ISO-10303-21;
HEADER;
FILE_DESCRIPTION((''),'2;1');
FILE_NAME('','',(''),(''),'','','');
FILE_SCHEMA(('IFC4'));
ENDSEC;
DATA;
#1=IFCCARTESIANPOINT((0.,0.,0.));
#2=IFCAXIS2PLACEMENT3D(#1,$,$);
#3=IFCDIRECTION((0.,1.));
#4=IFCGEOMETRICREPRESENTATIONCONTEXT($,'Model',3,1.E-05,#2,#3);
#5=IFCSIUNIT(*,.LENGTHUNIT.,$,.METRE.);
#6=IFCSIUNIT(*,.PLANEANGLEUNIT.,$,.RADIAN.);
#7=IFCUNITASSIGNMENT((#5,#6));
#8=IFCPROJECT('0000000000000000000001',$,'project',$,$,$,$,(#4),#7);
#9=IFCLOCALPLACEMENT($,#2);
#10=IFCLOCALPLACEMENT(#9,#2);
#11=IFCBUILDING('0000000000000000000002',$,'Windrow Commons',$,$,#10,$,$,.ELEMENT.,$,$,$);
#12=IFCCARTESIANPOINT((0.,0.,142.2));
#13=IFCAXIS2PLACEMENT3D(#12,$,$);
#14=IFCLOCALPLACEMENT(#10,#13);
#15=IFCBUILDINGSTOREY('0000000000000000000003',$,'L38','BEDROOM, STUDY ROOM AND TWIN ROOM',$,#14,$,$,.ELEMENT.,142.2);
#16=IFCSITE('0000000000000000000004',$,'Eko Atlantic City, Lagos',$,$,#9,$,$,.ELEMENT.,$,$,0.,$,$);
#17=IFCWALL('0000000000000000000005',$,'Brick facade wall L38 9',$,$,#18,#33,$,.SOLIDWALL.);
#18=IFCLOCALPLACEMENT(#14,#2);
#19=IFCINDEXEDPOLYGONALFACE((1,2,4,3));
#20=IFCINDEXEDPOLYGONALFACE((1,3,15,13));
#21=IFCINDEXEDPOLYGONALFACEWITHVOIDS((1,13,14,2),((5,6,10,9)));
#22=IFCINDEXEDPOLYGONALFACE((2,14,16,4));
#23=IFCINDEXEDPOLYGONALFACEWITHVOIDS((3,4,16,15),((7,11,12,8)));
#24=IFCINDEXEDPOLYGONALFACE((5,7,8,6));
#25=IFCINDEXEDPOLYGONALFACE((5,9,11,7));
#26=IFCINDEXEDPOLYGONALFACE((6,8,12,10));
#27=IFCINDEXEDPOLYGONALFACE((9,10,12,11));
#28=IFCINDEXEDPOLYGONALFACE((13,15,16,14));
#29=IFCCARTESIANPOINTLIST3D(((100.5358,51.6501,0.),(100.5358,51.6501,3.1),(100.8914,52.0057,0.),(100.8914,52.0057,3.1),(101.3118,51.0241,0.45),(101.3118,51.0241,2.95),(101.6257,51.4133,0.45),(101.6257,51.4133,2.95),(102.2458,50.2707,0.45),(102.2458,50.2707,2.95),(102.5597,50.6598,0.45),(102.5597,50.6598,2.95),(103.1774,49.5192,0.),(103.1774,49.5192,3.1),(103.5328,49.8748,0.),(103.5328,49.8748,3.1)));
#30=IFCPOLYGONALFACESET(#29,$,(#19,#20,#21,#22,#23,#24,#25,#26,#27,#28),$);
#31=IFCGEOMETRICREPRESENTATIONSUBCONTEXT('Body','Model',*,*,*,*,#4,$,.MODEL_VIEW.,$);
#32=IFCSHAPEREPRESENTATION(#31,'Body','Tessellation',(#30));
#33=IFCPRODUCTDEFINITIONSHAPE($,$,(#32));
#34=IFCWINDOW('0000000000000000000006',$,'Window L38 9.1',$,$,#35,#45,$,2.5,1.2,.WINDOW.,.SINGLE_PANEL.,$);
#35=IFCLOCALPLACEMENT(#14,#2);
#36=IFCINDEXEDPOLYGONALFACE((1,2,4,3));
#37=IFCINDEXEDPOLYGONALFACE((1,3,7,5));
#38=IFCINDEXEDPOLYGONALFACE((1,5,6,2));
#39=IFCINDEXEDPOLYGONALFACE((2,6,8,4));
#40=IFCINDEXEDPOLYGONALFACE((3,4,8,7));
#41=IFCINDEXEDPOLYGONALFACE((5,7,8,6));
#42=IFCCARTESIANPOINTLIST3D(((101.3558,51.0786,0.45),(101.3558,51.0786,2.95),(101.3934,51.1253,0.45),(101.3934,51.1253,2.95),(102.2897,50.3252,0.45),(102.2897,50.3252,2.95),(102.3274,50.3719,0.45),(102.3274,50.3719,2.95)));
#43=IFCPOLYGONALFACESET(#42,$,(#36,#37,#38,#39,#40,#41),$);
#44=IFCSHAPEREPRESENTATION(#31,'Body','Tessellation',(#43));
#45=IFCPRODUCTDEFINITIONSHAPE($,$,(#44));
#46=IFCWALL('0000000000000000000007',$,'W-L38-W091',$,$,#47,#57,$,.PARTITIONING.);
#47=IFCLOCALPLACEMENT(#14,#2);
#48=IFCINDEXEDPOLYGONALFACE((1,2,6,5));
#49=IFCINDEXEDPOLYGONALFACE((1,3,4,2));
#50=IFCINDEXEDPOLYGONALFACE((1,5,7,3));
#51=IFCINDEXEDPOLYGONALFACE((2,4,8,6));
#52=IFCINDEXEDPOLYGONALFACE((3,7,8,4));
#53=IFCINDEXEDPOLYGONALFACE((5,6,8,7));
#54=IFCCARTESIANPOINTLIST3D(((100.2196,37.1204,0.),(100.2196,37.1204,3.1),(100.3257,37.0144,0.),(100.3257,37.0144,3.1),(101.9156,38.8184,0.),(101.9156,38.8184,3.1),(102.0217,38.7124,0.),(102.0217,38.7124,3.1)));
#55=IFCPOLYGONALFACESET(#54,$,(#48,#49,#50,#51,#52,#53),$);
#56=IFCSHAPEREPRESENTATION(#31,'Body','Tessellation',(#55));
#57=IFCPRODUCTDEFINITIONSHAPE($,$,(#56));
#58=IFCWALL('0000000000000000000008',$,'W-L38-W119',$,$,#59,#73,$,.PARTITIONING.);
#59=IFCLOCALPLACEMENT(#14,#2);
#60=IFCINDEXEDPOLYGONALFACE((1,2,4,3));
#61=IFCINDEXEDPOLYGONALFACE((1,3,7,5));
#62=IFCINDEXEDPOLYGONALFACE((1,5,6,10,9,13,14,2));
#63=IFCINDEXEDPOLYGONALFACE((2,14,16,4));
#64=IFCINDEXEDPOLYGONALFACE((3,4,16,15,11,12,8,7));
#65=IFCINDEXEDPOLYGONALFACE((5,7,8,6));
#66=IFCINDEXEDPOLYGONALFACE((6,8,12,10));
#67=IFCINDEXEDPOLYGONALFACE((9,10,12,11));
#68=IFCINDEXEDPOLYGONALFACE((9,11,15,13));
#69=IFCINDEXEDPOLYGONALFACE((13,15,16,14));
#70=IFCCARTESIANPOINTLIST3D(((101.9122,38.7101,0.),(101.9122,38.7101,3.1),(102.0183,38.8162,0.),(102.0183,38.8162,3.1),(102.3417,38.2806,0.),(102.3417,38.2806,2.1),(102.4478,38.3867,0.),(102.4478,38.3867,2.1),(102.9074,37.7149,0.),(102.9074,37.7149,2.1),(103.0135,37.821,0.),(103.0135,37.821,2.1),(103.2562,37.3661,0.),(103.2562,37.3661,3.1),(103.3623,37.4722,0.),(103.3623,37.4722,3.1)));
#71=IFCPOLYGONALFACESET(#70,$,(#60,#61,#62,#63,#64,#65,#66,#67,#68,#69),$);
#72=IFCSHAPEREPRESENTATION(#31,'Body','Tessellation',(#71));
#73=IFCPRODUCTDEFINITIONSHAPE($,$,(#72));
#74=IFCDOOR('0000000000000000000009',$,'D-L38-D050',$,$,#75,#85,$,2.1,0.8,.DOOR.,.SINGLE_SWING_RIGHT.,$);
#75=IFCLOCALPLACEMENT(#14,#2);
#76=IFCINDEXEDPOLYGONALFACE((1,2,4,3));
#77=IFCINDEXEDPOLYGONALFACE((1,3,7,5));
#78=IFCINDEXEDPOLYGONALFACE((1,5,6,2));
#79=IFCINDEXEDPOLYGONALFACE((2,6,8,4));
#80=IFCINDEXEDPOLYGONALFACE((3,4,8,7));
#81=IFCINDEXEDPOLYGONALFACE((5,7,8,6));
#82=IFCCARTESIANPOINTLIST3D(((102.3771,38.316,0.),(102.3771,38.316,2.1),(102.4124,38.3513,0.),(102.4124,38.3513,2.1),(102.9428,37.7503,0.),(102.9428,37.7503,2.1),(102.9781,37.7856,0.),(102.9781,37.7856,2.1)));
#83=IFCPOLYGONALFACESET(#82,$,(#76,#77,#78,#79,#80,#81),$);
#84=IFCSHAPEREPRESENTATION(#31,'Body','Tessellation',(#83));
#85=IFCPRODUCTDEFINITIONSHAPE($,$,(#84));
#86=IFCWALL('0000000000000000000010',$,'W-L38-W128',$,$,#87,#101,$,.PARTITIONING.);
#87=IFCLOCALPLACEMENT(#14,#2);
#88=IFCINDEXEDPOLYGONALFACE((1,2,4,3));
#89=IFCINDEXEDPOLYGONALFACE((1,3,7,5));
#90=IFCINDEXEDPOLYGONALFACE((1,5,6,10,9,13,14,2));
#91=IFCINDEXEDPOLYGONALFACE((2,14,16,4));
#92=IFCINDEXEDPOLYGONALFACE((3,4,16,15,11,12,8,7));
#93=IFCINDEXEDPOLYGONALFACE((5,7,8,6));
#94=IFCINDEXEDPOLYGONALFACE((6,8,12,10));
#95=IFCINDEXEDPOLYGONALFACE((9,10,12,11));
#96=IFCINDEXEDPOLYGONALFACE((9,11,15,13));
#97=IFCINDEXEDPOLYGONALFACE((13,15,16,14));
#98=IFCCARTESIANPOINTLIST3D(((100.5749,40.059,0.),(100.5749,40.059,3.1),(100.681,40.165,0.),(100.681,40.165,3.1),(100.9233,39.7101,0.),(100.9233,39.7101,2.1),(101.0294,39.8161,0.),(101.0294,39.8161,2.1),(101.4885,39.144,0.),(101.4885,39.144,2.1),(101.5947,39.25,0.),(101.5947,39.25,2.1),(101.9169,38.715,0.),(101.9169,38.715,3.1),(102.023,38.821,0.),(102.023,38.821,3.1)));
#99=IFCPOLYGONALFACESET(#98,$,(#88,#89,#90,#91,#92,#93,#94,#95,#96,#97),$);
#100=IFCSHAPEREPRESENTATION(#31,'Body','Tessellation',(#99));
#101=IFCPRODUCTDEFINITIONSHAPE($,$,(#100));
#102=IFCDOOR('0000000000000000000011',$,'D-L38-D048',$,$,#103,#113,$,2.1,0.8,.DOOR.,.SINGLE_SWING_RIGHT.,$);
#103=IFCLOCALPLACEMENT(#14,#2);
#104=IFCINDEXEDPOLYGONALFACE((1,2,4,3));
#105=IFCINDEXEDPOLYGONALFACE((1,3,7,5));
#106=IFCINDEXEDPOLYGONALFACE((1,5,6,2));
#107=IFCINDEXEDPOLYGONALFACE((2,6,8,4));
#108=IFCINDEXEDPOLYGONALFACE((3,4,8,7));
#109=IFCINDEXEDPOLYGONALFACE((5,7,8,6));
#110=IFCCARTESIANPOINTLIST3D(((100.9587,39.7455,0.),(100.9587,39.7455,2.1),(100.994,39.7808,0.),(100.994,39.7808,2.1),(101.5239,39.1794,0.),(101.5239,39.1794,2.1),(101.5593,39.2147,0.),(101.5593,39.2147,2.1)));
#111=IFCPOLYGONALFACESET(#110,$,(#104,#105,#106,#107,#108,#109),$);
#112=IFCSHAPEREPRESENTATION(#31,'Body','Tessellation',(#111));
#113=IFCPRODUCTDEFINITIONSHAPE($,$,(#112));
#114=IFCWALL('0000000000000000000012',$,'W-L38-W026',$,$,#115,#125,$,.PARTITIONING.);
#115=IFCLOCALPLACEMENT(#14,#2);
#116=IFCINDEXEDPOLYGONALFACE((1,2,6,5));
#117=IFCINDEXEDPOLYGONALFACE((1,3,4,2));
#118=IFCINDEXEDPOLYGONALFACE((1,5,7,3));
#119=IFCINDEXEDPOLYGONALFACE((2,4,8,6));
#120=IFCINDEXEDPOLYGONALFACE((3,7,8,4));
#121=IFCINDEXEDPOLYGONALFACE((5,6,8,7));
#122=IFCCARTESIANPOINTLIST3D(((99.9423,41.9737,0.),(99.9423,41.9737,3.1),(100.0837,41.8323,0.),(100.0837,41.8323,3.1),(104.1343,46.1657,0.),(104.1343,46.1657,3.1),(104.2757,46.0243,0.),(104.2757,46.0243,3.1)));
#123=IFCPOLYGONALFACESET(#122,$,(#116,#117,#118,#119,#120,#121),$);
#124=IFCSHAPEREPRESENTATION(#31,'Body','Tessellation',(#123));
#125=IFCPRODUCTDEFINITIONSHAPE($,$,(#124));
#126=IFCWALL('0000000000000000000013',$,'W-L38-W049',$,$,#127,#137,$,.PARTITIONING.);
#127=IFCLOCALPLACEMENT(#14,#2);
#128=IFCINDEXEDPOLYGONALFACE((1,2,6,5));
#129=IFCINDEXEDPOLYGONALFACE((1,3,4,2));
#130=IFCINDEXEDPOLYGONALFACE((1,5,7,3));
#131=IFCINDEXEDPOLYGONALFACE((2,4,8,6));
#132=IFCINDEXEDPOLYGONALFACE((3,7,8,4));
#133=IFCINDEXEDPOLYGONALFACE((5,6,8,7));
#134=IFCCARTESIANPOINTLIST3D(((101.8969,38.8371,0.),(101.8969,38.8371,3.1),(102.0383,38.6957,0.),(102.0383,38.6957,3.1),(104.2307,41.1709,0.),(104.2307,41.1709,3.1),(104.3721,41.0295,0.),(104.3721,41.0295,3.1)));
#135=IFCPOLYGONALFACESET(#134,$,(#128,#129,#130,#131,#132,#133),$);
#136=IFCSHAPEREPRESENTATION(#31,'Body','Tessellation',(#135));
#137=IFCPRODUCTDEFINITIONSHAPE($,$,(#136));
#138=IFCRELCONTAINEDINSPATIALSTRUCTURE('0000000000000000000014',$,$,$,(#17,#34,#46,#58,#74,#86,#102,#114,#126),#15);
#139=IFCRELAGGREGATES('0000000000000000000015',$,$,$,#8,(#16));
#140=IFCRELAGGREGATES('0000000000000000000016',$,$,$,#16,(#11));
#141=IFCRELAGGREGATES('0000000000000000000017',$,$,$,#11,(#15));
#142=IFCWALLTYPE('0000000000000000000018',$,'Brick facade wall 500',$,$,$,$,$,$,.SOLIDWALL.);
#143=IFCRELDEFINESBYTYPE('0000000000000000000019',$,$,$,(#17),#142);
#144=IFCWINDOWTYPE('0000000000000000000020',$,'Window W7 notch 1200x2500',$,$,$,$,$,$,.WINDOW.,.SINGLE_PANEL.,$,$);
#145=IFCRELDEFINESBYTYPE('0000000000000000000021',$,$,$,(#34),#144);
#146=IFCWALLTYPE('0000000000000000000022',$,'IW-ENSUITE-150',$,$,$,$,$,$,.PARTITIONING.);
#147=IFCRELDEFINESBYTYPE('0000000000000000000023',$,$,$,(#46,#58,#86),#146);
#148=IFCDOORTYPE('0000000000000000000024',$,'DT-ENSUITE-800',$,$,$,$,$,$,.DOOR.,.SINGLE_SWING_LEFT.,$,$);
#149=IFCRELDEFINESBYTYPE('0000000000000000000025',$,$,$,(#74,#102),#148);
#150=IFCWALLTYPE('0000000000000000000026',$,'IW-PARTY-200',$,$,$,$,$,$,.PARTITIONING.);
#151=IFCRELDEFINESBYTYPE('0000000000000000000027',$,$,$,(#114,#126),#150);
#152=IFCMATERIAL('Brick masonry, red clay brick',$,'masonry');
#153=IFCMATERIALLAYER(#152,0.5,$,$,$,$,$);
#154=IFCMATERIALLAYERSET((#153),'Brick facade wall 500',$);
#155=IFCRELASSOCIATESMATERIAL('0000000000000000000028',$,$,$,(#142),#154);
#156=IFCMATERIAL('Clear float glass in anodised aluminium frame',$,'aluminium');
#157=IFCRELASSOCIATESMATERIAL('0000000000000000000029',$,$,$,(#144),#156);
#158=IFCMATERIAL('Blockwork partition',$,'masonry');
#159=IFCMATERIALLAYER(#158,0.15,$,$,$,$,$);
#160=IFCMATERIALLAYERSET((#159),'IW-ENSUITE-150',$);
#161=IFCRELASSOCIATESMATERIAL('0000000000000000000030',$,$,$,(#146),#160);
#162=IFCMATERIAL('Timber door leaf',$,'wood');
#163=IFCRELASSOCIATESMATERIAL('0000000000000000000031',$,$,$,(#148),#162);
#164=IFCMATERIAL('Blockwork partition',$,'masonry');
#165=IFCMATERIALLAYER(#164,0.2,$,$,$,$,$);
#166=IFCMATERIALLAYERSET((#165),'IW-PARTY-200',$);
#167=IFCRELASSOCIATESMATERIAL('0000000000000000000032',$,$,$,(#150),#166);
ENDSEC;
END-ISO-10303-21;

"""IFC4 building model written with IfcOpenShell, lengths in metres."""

from ifc_helpers import new_model, si_unit, direction, frame, frame_2d, origin, place, context, subcontext, project, spatial, polyline, rectangle, outline, extrude, material, layer, layer_set, type_object, element, fill, save


model = new_model("IFC4")

# Units and contexts
model_context = context("Model", 3, precision=1e-05, world=origin(), true_north=direction((0.0, 1.0)))
body_context = subcontext(model_context, "Body", "Model", "MODEL_VIEW")
ifc_project = project(units=[si_unit("LENGTHUNIT", "METRE"), si_unit("PLANEANGLEUNIT", "RADIAN")], contexts=[model_context])

# Site, building, storey
site_placement = place(None, origin())
site = spatial("IfcSite", under=ifc_project, at=site_placement, Name="Eko Atlantic City, Lagos", CompositionType="ELEMENT", RefElevation=0.0)
building_placement = place(site_placement, origin())
building = spatial("IfcBuilding", under=site, at=building_placement, Name="Windrow Commons", CompositionType="ELEMENT")
storey_placement = place(building_placement, frame((0.0, 0.0, 142.2)))
storey = spatial("IfcBuildingStorey", under=building, at=storey_placement, Name="L38", Description="BEDROOM, STUDY ROOM AND TWIN ROOM", CompositionType="ELEMENT", Elevation=142.2)

# Wall, opening, window
ifc_material_1 = material(Name="Brick masonry, red clay brick", Category="masonry")
ifc_layer_1 = layer(ifc_material_1, 0.5)
ifc_layer_set_1 = layer_set([ifc_layer_1], Name="Brick facade wall 500")
wall_type_1 = type_object("IfcWallType", Name="Brick facade wall 500", PredefinedType="SOLIDWALL", material=ifc_layer_set_1)
ifc_material_2 = material(Name="Clear float glass in anodised aluminium frame", Category="aluminium")
window_type_1 = type_object("IfcWindowType", Name="Window W7 notch 1200x2500", PartitioningType="SINGLE_PANEL", PredefinedType="WINDOW", material=ifc_material_2)
wall_1_placement = place(storey_placement, frame((103.3551, 49.697, 0.0), z_axis=(0.0, 0.0, 1.0), x_axis=(-0.778318, 0.62787, 0.0)))
wall_1 = element("IfcWall", 1, at=wall_1_placement, inside=storey, type_object=wall_type_1, Name="Brick facade wall L38 9", PredefinedType="SOLIDWALL", context=body_context, shape_type="SweptSolid", body=[
    extrude(outline(polyline([(-0.0267, -0.25), (3.3671, -0.25), (3.4206, 0.25), (0.0267, 0.25), (-0.0267, -0.25)])), origin(), (0.0, 0.0, 1.0), 3.1),
])
opening_1_placement = place(wall_1_placement, frame((1.2236, 0.0, 0.45)))
opening_1 = element("IfcOpeningElement", 2, at=opening_1_placement, cuts=wall_1, PredefinedType="OPENING", context=body_context, shape_type="SweptSolid", body=[
    extrude(rectangle(XDim=1.2, YDim=2.5, at=frame_2d((0.6, 1.25))), frame((0.0, 0.26, 0.0), z_axis=(0.0, -1.0, 0.0), x_axis=(1.0, 0.0, 0.0)), (0.0, 0.0, 1.0), 0.52),
])
window_1_placement = place(opening_1_placement, origin())
window_1 = element("IfcWindow", 3, at=window_1_placement, inside=storey, type_object=window_type_1, Name="Window L38 9.1", OverallHeight=2.5, OverallWidth=1.2, PartitioningType="SINGLE_PANEL", PredefinedType="WINDOW", context=body_context, shape_type="SweptSolid", body=[
    extrude(rectangle(XDim=1.2, YDim=2.5, at=frame_2d((0.6, 1.25))), frame((0.0, 0.18, 0.0), z_axis=(0.0, -1.0, 0.0), x_axis=(1.0, 0.0, 0.0)), (0.0, 0.0, 1.0), 0.06),
])
fill(opening_1, window_1)

# Wall
ifc_material_3 = material(Name="Blockwork partition", Category="masonry")
ifc_layer_2 = layer(ifc_material_3, 0.15)
ifc_layer_set_2 = layer_set([ifc_layer_2], Name="IW-ENSUITE-150")
wall_type_2 = type_object("IfcWallType", Name="IW-ENSUITE-150", PredefinedType="PARTITIONING", material=ifc_layer_set_2)
wall_2_placement = place(storey_placement, frame((100.2726, 37.0674, 0.0), z_axis=(0.0, 0.0, 1.0), x_axis=(0.70669, 0.707523, 0.0)))
element("IfcWall", 4, at=wall_2_placement, inside=storey, type_object=wall_type_2, Name="W-L38-W091", PredefinedType="PARTITIONING", context=body_context, shape_type="SweptSolid", body=[
    extrude(rectangle(XDim=2.3999, YDim=0.15, at=frame_2d((1.2, 0.0))), origin(), (0.0, 0.0, 1.0), 3.1),
])

# Walls, openings, doors
wall_3_placement = place(storey_placement, frame((101.9652, 38.7632, 0.0), z_axis=(0.0, 0.0, 1.0), x_axis=(0.707107, -0.707107, 0.0)))
wall_3 = element("IfcWall", 5, at=wall_3_placement, inside=storey, type_object=wall_type_2, Name="W-L38-W119", PredefinedType="PARTITIONING", context=body_context, shape_type="SweptSolid", body=[
    extrude(rectangle(XDim=1.9007, YDim=0.15, at=frame_2d((0.9504, 0.0))), origin(), (0.0, 0.0, 1.0), 3.1),
])
opening_2_placement = place(wall_3_placement, frame((0.6075, 0.0, 0.0)))
opening_2 = element("IfcOpeningElement", 6, at=opening_2_placement, cuts=wall_3, PredefinedType="OPENING", context=body_context, shape_type="SweptSolid", body=[
    extrude(rectangle(XDim=0.8, YDim=2.1, at=frame_2d((0.4, 1.05))), frame((0.0, 0.085, 0.0), z_axis=(0.0, -1.0, 0.0), x_axis=(1.0, 0.0, 0.0)), (0.0, 0.0, 1.0), 0.17),
])
ifc_material_4 = material(Name="Timber door leaf", Category="wood")
door_type = type_object("IfcDoorType", Name="DT-ENSUITE-800", OperationType="SINGLE_SWING_LEFT", PredefinedType="DOOR", material=ifc_material_4)
door_1_placement = place(opening_2_placement, origin())
door_1 = element("IfcDoor", 7, at=door_1_placement, inside=storey, type_object=door_type, Name="D-L38-D050", OperationType="SINGLE_SWING_RIGHT", OverallHeight=2.1, OverallWidth=0.8, PredefinedType="DOOR", context=body_context, shape_type="SweptSolid", body=[
    extrude(rectangle(XDim=0.8, YDim=2.1, at=frame_2d((0.4, 1.05))), frame((0.0, 0.025, 0.0), z_axis=(0.0, -1.0, 0.0), x_axis=(1.0, 0.0, 0.0)), (0.0, 0.0, 1.0), 0.05),
])
fill(opening_2, door_1)
wall_4_placement = place(storey_placement, frame((100.628, 40.112, 0.0), z_axis=(0.0, 0.0, 1.0), x_axis=(0.70658, -0.707633, 0.0)))
wall_4 = element("IfcWall", 8, at=wall_4_placement, inside=storey, type_object=wall_type_2, Name="W-L38-W128", PredefinedType="PARTITIONING", context=body_context, shape_type="SweptSolid", body=[
    extrude(rectangle(XDim=1.8993, YDim=0.15, at=frame_2d((0.9496, 0.0))), origin(), (0.0, 0.0, 1.0), 3.1),
])
opening_3_placement = place(wall_4_placement, frame((0.493, 0.0, 0.0)))
opening_3 = element("IfcOpeningElement", 9, at=opening_3_placement, cuts=wall_4, PredefinedType="OPENING", context=body_context, shape_type="SweptSolid", body=[
    extrude(rectangle(XDim=0.8, YDim=2.1, at=frame_2d((0.4, 1.05))), frame((0.0, 0.085, 0.0), z_axis=(0.0, -1.0, 0.0), x_axis=(1.0, 0.0, 0.0)), (0.0, 0.0, 1.0), 0.17),
])
door_2_placement = place(opening_3_placement, origin())
door_2 = element("IfcDoor", 10, at=door_2_placement, inside=storey, type_object=door_type, Name="D-L38-D048", OperationType="SINGLE_SWING_RIGHT", OverallHeight=2.1, OverallWidth=0.8, PredefinedType="DOOR", context=body_context, shape_type="SweptSolid", body=[
    extrude(rectangle(XDim=0.8, YDim=2.1, at=frame_2d((0.4, 1.05))), frame((0.0, 0.025, 0.0), z_axis=(0.0, -1.0, 0.0), x_axis=(1.0, 0.0, 0.0)), (0.0, 0.0, 1.0), 0.05),
])
fill(opening_3, door_2)

# Walls
ifc_material_5 = material(Name="Blockwork partition", Category="masonry")
ifc_layer_3 = layer(ifc_material_5, 0.2)
ifc_layer_set_3 = layer_set([ifc_layer_3], Name="IW-PARTY-200")
wall_type_3 = type_object("IfcWallType", Name="IW-PARTY-200", PredefinedType="PARTITIONING", material=ifc_layer_set_3)
wall_5_placement = place(storey_placement, frame((100.013, 41.903, 0.0), z_axis=(0.0, 0.0, 1.0), x_axis=(0.707107, 0.707107, 0.0)))
element("IfcWall", 11, at=wall_5_placement, inside=storey, type_object=wall_type_3, Name="W-L38-W026", PredefinedType="PARTITIONING", context=body_context, shape_type="SweptSolid", body=[
    extrude(rectangle(XDim=5.9284, YDim=0.2, at=frame_2d((2.9642, 0.0))), origin(), (0.0, 0.0, 1.0), 3.1),
])
wall_6_placement = place(storey_placement, frame((101.9676, 38.7664, 0.0), z_axis=(0.0, 0.0, 1.0), x_axis=(0.707107, 0.707107, 0.0)))
element("IfcWall", 12, at=wall_6_placement, inside=storey, type_object=wall_type_3, Name="W-L38-W049", PredefinedType="PARTITIONING", context=body_context, shape_type="SweptSolid", body=[
    extrude(rectangle(XDim=3.3005, YDim=0.2, at=frame_2d((1.6502, 0.0))), origin(), (0.0, 0.0, 1.0), 3.1),
])

save(model, "model.ifc")
